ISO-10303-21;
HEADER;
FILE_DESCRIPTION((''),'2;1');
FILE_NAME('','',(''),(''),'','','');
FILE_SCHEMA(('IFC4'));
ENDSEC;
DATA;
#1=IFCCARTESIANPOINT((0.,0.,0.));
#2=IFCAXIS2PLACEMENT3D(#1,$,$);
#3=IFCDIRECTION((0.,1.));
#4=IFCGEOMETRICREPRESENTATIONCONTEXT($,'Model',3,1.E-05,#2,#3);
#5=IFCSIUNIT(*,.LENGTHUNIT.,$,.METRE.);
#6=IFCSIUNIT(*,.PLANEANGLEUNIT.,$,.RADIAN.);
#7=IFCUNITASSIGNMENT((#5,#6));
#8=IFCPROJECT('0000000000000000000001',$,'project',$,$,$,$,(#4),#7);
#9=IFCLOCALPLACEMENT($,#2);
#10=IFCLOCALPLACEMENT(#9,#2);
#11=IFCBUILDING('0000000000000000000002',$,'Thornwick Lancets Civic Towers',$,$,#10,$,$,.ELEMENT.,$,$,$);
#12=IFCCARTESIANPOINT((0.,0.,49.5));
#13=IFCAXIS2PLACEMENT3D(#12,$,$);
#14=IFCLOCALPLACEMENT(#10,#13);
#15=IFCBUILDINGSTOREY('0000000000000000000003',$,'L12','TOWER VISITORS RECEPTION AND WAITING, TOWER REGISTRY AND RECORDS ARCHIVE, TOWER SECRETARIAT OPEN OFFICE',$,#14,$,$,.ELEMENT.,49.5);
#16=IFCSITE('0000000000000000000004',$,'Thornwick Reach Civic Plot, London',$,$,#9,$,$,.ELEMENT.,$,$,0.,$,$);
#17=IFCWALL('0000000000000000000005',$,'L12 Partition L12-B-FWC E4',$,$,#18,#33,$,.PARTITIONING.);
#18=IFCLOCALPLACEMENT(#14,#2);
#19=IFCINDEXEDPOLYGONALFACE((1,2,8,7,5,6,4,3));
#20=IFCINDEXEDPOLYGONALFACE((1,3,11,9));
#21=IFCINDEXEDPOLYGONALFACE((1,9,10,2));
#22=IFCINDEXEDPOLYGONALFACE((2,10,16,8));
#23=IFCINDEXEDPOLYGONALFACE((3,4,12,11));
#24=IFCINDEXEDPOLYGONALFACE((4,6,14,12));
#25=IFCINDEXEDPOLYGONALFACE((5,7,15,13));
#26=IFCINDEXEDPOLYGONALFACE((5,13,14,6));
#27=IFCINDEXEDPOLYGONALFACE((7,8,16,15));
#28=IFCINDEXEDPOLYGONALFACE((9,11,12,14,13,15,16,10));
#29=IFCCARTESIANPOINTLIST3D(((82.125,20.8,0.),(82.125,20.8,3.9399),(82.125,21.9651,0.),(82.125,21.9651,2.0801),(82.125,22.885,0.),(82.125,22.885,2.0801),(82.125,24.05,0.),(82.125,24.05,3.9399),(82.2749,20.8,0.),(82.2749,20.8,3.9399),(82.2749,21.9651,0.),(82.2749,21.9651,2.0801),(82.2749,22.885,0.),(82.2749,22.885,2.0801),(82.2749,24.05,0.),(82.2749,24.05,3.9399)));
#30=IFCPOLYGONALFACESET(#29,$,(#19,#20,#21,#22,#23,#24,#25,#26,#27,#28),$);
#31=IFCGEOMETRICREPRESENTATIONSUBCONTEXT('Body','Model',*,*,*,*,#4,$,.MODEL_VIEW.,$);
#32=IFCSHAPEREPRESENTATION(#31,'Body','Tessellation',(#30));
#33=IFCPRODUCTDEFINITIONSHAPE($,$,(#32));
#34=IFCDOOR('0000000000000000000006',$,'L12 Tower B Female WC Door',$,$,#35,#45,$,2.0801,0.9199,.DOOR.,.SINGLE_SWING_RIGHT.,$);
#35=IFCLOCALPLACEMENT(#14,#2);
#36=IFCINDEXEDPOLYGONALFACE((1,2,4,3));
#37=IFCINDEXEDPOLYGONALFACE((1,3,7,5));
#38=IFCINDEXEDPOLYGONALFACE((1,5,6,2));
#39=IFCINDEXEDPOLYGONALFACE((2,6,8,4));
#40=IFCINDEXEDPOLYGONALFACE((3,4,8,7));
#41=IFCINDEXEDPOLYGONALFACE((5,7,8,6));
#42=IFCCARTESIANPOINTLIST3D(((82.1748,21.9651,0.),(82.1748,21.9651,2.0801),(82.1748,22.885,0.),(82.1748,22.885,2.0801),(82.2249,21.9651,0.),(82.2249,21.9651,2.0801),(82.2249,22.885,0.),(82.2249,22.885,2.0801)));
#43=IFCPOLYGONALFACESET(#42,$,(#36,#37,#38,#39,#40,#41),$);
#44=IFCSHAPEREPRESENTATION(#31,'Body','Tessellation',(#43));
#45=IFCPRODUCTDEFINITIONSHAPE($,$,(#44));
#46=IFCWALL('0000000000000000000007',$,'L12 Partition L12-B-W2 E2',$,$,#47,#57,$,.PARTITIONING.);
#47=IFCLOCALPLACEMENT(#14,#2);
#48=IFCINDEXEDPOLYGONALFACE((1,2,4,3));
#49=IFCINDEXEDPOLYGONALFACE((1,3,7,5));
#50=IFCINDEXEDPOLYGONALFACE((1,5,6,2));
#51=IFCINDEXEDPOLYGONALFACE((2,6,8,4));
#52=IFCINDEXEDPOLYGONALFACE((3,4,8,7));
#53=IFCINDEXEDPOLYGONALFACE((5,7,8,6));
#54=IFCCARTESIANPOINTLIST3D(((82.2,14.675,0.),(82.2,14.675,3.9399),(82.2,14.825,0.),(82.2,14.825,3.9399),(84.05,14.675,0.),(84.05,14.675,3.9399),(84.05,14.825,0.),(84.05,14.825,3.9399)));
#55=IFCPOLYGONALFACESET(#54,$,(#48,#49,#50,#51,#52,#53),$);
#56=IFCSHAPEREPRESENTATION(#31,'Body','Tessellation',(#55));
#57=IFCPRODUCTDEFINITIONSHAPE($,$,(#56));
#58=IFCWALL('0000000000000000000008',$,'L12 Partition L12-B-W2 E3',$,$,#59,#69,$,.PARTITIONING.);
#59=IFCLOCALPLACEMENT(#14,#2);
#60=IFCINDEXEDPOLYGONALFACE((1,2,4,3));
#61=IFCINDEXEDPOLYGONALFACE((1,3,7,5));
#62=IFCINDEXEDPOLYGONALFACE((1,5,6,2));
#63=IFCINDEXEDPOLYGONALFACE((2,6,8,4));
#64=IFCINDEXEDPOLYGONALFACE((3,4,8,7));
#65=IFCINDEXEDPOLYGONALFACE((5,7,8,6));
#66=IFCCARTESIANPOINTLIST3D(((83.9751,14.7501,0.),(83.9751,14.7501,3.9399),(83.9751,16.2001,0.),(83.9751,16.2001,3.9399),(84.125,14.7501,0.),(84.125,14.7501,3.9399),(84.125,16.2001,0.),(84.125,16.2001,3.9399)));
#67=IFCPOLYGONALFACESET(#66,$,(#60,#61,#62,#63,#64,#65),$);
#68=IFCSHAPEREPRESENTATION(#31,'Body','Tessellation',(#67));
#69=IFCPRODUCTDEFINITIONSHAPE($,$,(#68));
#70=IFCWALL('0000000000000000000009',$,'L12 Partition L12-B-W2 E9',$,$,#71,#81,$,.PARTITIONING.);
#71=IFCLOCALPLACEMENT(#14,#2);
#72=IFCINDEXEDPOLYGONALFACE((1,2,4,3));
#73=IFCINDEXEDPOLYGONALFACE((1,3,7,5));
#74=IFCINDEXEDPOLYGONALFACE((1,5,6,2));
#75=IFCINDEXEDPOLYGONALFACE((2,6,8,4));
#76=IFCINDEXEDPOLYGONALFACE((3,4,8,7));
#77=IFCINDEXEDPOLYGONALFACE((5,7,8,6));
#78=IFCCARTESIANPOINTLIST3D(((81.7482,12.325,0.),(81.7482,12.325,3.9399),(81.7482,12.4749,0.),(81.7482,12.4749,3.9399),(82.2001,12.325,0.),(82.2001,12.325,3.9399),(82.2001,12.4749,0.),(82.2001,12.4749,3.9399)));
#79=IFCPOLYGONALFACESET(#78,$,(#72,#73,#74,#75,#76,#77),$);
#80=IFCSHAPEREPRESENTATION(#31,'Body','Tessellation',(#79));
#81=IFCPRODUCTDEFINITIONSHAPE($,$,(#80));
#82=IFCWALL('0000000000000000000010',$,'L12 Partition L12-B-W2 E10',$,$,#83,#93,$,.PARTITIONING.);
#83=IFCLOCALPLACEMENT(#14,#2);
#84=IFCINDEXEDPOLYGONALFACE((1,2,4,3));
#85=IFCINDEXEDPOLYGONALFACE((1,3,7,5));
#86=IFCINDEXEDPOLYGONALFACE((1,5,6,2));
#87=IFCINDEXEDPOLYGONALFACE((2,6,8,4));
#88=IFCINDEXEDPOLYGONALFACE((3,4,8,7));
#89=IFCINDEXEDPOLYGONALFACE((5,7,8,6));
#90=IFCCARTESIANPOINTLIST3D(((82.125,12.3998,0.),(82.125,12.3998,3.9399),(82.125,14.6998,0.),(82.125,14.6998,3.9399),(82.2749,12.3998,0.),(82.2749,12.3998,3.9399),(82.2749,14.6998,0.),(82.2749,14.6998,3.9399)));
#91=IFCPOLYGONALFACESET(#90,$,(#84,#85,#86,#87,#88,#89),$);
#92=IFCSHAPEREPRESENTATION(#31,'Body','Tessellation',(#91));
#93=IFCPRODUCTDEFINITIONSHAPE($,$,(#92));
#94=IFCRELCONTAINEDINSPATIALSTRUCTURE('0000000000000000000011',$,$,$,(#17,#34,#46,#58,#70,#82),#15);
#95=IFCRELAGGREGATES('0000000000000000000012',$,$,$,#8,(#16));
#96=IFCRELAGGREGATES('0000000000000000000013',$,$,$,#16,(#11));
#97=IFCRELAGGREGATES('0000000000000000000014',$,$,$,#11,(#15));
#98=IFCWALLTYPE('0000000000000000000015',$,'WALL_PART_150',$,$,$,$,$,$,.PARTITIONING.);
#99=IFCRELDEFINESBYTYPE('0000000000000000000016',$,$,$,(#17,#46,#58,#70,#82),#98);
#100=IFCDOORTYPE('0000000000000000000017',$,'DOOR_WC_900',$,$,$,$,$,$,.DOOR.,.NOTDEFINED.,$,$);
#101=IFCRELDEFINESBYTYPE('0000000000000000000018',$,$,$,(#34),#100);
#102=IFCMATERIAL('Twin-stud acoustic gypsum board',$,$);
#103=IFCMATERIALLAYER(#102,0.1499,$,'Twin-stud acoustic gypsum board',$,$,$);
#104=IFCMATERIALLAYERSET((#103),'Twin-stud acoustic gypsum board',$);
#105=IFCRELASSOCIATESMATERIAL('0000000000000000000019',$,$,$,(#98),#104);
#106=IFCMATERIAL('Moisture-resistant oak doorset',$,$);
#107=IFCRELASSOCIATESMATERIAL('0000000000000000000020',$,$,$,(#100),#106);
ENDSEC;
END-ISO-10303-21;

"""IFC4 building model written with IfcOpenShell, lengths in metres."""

from ifc_helpers import new_model, si_unit, direction, frame, frame_2d, origin, place, context, subcontext, project, spatial, rectangle, extrude, material, layer, layer_set, type_object, element, fill, save


model = new_model("IFC4")

# Units and contexts
model_context = context("Model", 3, precision=1e-05, world=origin(), true_north=direction((0.0, 1.0)))
body_context = subcontext(model_context, "Body", "Model", "MODEL_VIEW")
ifc_project = project(units=[si_unit("LENGTHUNIT", "METRE"), si_unit("PLANEANGLEUNIT", "RADIAN")], contexts=[model_context])

# Site, building, storey
site_placement = place(None, origin())
site = spatial("IfcSite", under=ifc_project, at=site_placement, Name="Thornwick Reach Civic Plot, London", CompositionType="ELEMENT", RefElevation=0.0)
building_placement = place(site_placement, origin())
building = spatial("IfcBuilding", under=site, at=building_placement, Name="Thornwick Lancets Civic Towers", CompositionType="ELEMENT")
storey_placement = place(building_placement, frame((0.0, 0.0, 49.5)))
storey = spatial("IfcBuildingStorey", under=building, at=storey_placement, Name="L12", Description="TOWER VISITORS RECEPTION AND WAITING, TOWER REGISTRY AND RECORDS ARCHIVE, TOWER SECRETARIAT OPEN OFFICE", CompositionType="ELEMENT", Elevation=49.5)

# Shared definitions
ifc_material_1 = material(Name="Twin-stud acoustic gypsum board")
ifc_layer_1 = layer(ifc_material_1, 0.1499, Name="Twin-stud acoustic gypsum board")
ifc_layer_set_1 = layer_set([ifc_layer_1], Name="Twin-stud acoustic gypsum board")
wall_type_1 = type_object("IfcWallType", Name="WALL_PART_150", PredefinedType="PARTITIONING", material=ifc_layer_set_1)

# Wall, opening, door
wall_1_placement = place(storey_placement, frame((82.2, 24.05, 0.0), z_axis=(0.0, 0.0, 1.0), x_axis=(0.0, -1.0, 0.0)))
wall_1 = element("IfcWall", 1, at=wall_1_placement, inside=storey, type_object=wall_type_1, Name="L12 Partition L12-B-FWC E4", PredefinedType="PARTITIONING", context=body_context, shape_type="SweptSolid", body=[
    extrude(rectangle(XDim=3.25, YDim=0.1499, at=frame_2d((1.625, 0.0))), origin(), (0.0, 0.0, 1.0), 3.9399),
])
opening_1_placement = place(wall_1_placement, frame((1.165, 0.0, 0.0)))
opening_1 = element("IfcOpeningElement", 2, at=opening_1_placement, cuts=wall_1, PredefinedType="OPENING", context=body_context, shape_type="SweptSolid", body=[
    extrude(rectangle(XDim=0.9199, YDim=2.0801, at=frame_2d((0.46, 1.04))), frame((0.0, 0.085, 0.0), z_axis=(0.0, -1.0, 0.0), x_axis=(1.0, 0.0, 0.0)), (0.0, 0.0, 1.0), 0.1699),
])
ifc_material_2 = material(Name="Moisture-resistant oak doorset")
door_type_1 = type_object("IfcDoorType", Name="DOOR_WC_900", OperationType="NOTDEFINED", PredefinedType="DOOR", material=ifc_material_2)
door_1_placement = place(opening_1_placement, origin())
door_1 = element("IfcDoor", 3, at=door_1_placement, inside=storey, type_object=door_type_1, Name="L12 Tower B Female WC Door", OperationType="SINGLE_SWING_RIGHT", OverallHeight=2.0801, OverallWidth=0.9199, PredefinedType="DOOR", context=body_context, shape_type="SweptSolid", body=[
    extrude(rectangle(XDim=0.9199, YDim=2.0801, at=frame_2d((0.46, 1.04))), frame((0.0, 0.0249, 0.0), z_axis=(0.0, -1.0, 0.0), x_axis=(1.0, 0.0, 0.0)), (0.0, 0.0, 1.0), 0.05),
])
fill(opening_1, door_1)

# Walls
wall_2_placement = place(storey_placement, frame((82.2, 14.75, 0.0), z_axis=(0.0, 0.0, 1.0), x_axis=(1.0, 0.0, 0.0)))
element("IfcWall", 4, at=wall_2_placement, inside=storey, type_object=wall_type_1, Name="L12 Partition L12-B-W2 E2", PredefinedType="PARTITIONING", context=body_context, shape_type="SweptSolid", body=[
    extrude(rectangle(XDim=1.8501, YDim=0.1499, at=frame_2d((0.925, 0.0))), origin(), (0.0, 0.0, 1.0), 3.9399),
])
wall_3_placement = place(storey_placement, frame((84.05, 14.75, 0.0), z_axis=(0.0, 0.0, 1.0), x_axis=(0.0, 1.0, 0.0)))
element("IfcWall", 5, at=wall_3_placement, inside=storey, type_object=wall_type_1, Name="L12 Partition L12-B-W2 E3", PredefinedType="PARTITIONING", context=body_context, shape_type="SweptSolid", body=[
    extrude(rectangle(XDim=1.45, YDim=0.1499, at=frame_2d((0.7251, 0.0))), origin(), (0.0, 0.0, 1.0), 3.9399),
])

# Walls
wall_4_placement = place(storey_placement, frame((81.748, 12.3999, 0.0), z_axis=(0.0, 0.0, 1.0), x_axis=(1.0, 0.0, 0.0)))
element("IfcWall", 6, at=wall_4_placement, inside=storey, type_object=wall_type_1, Name="L12 Partition L12-B-W2 E9", PredefinedType="PARTITIONING", context=body_context, shape_type="SweptSolid", body=[
    extrude(rectangle(XDim=0.4519, YDim=0.1499, at=frame_2d((0.2261, 0.0))), origin(), (0.0, 0.0, 1.0), 3.9399),
])
wall_5_placement = place(storey_placement, frame((82.2, 12.3999, 0.0), z_axis=(0.0, 0.0, 1.0), x_axis=(0.0, 1.0, 0.0)))
element("IfcWall", 7, at=wall_5_placement, inside=storey, type_object=wall_type_1, Name="L12 Partition L12-B-W2 E10", PredefinedType="PARTITIONING", context=body_context, shape_type="SweptSolid", body=[
    extrude(rectangle(XDim=2.3, YDim=0.1499, at=frame_2d((1.1499, 0.0))), origin(), (0.0, 0.0, 1.0), 3.9399),
])

save(model, "model.ifc")
